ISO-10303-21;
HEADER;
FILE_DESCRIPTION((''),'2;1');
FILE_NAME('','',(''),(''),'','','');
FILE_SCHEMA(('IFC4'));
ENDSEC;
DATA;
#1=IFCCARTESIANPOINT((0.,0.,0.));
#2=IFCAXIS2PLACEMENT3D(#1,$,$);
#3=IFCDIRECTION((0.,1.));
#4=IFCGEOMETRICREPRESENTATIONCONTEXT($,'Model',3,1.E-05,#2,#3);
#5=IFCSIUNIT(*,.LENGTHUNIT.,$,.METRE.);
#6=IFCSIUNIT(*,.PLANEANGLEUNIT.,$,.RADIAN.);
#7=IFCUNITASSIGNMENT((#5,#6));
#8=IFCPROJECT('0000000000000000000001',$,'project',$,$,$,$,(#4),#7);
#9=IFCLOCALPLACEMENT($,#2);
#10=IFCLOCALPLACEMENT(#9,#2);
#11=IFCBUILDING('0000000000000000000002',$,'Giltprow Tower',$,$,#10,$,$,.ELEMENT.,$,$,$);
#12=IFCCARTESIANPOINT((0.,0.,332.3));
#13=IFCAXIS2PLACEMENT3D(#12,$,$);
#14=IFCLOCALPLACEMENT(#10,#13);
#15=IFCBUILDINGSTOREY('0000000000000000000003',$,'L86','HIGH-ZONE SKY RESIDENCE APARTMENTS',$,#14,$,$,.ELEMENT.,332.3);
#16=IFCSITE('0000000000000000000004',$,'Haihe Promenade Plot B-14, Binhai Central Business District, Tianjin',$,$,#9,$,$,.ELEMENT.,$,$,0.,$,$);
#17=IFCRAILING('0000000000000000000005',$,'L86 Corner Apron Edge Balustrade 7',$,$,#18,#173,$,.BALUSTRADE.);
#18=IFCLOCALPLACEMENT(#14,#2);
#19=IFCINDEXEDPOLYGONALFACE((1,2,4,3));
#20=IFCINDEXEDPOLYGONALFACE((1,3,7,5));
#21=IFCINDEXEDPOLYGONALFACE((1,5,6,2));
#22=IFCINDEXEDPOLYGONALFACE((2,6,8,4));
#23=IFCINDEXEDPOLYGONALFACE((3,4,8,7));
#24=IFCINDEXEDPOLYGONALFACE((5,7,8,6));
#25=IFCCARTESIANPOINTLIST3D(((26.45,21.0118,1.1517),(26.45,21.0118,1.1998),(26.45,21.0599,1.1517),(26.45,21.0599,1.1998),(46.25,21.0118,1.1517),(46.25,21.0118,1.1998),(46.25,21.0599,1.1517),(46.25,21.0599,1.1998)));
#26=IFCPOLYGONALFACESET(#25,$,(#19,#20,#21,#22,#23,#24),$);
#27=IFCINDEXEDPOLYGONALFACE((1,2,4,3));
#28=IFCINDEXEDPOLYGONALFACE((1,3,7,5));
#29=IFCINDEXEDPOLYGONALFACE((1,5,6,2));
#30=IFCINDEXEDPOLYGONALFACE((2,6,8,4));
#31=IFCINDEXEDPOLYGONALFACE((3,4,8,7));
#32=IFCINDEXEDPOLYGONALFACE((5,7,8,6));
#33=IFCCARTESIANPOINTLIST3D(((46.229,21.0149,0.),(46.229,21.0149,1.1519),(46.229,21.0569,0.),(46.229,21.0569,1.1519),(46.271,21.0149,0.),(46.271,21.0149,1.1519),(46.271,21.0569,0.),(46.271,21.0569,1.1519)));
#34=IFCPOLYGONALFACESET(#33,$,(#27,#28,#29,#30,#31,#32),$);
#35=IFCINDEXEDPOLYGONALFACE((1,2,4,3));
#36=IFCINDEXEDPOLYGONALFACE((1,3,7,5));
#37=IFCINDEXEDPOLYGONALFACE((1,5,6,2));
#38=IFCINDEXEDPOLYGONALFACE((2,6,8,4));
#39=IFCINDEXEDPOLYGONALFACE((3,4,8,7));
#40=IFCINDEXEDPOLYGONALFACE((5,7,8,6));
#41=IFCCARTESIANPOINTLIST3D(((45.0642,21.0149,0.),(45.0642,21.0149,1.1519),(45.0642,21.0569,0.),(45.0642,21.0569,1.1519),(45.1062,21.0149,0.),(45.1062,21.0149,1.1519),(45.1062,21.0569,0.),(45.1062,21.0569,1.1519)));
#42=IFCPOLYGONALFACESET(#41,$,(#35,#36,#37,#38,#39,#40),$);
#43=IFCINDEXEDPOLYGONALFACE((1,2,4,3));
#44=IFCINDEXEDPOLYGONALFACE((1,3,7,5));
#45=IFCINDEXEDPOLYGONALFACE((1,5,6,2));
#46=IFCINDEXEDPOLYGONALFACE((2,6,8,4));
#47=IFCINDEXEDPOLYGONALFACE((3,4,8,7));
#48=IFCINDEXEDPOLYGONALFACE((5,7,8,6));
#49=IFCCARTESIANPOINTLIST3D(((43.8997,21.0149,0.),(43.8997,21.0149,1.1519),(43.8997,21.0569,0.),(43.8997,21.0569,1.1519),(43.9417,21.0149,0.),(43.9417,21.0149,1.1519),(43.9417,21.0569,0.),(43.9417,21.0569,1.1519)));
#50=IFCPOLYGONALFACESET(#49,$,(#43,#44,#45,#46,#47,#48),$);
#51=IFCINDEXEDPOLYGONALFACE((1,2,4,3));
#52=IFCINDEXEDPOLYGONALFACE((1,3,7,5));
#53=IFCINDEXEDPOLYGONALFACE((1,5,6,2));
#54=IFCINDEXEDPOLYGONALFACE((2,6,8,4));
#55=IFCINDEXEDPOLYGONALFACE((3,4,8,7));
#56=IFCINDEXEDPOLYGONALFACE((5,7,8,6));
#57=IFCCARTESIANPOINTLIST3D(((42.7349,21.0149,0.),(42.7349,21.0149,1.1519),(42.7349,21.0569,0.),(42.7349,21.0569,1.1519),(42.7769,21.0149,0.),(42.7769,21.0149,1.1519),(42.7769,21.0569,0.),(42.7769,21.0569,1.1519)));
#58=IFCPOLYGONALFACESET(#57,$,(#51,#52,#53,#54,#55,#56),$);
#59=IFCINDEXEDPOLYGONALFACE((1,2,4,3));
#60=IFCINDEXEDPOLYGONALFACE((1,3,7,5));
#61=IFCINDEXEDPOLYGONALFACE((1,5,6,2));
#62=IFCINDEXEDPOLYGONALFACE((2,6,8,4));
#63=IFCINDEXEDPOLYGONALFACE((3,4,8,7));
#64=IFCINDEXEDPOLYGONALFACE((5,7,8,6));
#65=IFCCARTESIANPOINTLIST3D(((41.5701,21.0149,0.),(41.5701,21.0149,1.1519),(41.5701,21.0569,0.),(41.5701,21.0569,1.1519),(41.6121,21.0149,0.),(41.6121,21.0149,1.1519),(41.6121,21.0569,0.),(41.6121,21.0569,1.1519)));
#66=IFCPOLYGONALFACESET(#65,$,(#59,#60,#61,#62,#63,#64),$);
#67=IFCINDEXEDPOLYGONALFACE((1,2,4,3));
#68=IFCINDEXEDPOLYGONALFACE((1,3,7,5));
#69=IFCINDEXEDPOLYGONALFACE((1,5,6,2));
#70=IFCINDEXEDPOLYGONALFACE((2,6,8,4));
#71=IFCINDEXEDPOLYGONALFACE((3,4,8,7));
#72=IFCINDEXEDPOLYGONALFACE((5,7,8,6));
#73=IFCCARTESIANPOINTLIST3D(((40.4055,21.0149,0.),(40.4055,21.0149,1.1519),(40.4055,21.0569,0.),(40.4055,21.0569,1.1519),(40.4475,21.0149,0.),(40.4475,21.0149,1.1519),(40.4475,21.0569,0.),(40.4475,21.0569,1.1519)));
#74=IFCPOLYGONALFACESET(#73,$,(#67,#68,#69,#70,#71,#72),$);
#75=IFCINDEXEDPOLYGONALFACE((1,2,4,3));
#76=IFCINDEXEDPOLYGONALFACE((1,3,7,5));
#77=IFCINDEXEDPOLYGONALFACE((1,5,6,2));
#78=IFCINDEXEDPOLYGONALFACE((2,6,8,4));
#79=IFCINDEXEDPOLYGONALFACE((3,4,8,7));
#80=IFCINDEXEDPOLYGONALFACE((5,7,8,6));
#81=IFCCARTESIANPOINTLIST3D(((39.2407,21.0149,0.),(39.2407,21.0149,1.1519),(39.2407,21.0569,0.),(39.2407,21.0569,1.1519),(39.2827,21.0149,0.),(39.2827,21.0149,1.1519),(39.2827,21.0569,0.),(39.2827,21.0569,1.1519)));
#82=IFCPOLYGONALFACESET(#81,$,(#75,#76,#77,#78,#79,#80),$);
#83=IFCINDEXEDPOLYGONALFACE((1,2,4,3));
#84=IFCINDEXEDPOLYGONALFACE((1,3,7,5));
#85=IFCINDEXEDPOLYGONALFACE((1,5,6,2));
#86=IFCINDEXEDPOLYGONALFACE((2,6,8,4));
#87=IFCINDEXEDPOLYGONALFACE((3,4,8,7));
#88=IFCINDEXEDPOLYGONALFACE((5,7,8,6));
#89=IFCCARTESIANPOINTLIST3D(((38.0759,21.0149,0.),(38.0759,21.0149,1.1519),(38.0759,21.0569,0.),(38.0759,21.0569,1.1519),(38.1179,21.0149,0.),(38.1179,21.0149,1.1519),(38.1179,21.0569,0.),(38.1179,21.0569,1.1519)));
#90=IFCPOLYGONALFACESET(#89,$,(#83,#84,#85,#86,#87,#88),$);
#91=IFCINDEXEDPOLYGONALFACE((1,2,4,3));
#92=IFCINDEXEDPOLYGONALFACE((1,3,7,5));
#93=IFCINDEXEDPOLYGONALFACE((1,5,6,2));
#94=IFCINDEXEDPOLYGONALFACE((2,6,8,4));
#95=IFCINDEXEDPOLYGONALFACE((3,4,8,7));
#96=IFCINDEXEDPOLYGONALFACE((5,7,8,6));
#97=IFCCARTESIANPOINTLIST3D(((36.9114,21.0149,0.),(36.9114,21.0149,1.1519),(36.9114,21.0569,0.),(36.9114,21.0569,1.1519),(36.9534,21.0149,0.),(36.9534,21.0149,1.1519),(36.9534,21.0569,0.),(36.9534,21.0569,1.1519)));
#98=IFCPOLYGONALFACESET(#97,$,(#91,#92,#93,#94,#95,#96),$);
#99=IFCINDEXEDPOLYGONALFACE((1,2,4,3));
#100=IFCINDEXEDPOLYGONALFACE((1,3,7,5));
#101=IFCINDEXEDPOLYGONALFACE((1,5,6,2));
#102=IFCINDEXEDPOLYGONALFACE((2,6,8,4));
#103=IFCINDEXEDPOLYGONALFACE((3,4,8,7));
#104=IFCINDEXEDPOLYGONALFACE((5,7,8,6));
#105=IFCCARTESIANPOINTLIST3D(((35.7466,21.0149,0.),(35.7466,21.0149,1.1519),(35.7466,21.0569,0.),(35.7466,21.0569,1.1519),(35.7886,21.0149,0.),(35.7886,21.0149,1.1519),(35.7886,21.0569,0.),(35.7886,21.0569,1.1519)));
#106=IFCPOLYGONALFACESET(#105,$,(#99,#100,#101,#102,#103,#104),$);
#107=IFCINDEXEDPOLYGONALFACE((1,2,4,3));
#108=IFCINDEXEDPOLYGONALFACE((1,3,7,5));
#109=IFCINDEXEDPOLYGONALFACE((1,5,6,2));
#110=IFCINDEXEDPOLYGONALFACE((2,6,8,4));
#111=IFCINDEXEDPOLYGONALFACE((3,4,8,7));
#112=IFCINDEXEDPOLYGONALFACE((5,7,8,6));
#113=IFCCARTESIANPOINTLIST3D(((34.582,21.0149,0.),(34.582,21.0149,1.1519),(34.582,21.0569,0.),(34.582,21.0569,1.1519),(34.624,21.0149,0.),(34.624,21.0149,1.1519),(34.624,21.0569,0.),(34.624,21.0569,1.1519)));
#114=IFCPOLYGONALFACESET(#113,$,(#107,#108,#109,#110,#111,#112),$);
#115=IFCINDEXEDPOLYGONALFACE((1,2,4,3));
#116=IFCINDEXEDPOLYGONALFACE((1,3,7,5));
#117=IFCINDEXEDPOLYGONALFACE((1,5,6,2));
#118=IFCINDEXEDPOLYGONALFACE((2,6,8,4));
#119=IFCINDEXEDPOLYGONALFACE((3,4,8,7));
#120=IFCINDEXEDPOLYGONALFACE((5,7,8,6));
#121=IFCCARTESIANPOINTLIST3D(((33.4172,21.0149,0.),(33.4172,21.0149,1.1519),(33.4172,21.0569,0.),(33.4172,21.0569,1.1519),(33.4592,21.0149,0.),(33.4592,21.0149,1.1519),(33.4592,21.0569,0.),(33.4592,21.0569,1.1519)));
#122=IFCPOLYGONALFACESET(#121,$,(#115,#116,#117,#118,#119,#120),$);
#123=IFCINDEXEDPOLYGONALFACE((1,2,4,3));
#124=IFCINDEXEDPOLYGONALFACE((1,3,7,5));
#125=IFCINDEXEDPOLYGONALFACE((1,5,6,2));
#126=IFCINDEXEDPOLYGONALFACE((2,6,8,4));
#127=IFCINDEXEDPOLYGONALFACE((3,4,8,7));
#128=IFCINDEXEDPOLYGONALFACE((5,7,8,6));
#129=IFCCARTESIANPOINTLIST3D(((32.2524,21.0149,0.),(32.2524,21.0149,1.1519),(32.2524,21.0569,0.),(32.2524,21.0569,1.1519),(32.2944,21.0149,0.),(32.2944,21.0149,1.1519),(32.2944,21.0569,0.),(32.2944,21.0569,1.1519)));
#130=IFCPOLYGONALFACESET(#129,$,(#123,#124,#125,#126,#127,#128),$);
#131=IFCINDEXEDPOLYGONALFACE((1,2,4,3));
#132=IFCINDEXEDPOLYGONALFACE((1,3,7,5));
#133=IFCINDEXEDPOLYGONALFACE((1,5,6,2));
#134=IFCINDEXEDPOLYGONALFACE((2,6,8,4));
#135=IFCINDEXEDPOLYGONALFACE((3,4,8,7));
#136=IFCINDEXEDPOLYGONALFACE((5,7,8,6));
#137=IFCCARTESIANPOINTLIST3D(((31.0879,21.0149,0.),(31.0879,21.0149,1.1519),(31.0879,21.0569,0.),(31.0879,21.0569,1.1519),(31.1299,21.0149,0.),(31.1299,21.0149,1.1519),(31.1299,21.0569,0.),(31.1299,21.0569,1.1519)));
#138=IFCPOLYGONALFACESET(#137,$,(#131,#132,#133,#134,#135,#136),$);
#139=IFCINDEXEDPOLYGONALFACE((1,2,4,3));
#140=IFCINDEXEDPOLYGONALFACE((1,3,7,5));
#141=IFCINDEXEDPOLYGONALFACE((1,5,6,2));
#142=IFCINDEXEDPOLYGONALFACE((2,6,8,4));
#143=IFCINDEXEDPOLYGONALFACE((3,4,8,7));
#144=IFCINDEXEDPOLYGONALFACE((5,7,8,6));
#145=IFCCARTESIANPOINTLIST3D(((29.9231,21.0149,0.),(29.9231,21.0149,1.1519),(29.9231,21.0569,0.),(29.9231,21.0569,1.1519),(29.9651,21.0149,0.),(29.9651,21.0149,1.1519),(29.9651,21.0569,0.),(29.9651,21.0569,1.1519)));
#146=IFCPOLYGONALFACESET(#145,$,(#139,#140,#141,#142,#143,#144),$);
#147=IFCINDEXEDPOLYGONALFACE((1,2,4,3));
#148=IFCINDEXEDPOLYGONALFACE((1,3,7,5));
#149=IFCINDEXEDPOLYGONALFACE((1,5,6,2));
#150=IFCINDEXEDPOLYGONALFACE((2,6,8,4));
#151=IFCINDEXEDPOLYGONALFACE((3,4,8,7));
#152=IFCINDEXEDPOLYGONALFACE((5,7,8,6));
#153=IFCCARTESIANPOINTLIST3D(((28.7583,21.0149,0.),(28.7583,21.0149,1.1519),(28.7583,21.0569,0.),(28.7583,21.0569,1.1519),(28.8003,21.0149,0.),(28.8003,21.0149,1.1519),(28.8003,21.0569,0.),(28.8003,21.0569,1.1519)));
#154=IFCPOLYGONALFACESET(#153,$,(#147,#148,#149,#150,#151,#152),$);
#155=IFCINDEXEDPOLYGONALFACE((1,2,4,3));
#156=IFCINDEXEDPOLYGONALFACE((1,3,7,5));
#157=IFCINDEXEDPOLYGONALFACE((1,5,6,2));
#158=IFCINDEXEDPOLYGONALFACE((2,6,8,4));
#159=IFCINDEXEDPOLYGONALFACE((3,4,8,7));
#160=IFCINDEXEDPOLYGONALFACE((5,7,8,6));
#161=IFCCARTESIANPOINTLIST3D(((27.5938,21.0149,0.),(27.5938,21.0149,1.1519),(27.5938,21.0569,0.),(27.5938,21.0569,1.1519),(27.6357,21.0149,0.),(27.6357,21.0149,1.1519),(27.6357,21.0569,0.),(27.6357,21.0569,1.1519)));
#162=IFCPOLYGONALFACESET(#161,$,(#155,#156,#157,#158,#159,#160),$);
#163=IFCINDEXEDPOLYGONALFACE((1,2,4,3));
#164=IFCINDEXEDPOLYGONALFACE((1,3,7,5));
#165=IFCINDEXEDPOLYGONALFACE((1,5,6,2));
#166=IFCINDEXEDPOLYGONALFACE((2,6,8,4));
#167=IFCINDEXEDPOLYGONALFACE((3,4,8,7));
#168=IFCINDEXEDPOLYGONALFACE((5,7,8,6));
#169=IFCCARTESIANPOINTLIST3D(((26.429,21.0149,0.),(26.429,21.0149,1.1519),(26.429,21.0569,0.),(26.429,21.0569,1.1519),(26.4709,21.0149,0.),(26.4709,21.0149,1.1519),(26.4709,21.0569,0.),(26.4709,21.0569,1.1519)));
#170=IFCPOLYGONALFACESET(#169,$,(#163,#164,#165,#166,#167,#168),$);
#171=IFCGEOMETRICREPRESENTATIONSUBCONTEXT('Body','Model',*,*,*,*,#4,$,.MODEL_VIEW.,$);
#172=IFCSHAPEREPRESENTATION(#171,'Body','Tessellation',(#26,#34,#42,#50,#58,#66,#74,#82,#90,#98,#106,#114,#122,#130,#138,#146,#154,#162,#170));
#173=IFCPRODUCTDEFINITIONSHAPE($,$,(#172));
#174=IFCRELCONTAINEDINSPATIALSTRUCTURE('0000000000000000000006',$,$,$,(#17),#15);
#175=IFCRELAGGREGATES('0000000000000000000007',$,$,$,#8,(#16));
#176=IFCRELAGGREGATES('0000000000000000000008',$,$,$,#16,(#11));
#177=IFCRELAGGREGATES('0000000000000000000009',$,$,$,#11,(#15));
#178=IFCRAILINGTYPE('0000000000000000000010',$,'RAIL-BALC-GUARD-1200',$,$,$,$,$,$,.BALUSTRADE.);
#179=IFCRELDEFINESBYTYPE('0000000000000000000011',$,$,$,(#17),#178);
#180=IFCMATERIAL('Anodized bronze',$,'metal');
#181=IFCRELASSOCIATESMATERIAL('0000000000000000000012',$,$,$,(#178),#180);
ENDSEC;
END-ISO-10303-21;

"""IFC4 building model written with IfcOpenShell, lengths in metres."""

from ifc_helpers import new_model, si_unit, direction, frame, origin, origin_2d, place, context, subcontext, project, spatial, rectangle, extrude, material, type_object, element, save


model = new_model("IFC4")

# Units and contexts
model_context = context("Model", 3, precision=1e-05, world=origin(), true_north=direction((0.0, 1.0)))
body_context = subcontext(model_context, "Body", "Model", "MODEL_VIEW")
ifc_project = project(units=[si_unit("LENGTHUNIT", "METRE"), si_unit("PLANEANGLEUNIT", "RADIAN")], contexts=[model_context])

# Site, building, storey
site_placement = place(None, origin())
site = spatial("IfcSite", under=ifc_project, at=site_placement, Name="Haihe Promenade Plot B-14, Binhai Central Business District, Tianjin", CompositionType="ELEMENT", RefElevation=0.0)
building_placement = place(site_placement, origin())
building = spatial("IfcBuilding", under=site, at=building_placement, Name="Giltprow Tower", CompositionType="ELEMENT")
storey_placement = place(building_placement, frame((0.0, 0.0, 332.3)))
storey = spatial("IfcBuildingStorey", under=building, at=storey_placement, Name="L86", Description="HIGH-ZONE SKY RESIDENCE APARTMENTS", CompositionType="ELEMENT", Elevation=332.3)

# Railing
ifc_material_1 = material(Name="Anodized bronze", Category="metal")
railing_type = type_object("IfcRailingType", Name="RAIL-BALC-GUARD-1200", PredefinedType="BALUSTRADE", material=ifc_material_1)
railing_1_placement = place(storey_placement, frame((46.25, 21.0359, 0.0)))
element("IfcRailing", 1, at=railing_1_placement, inside=storey, type_object=railing_type, Name="L86 Corner Apron Edge Balustrade 7", PredefinedType="BALUSTRADE", context=body_context, shape_type="SweptSolid", body=[
    extrude(rectangle(XDim=0.0481, YDim=0.0481, at=origin_2d()), frame((0.0, 0.0, 1.1758), z_axis=(-1.0, 0.0, 0.0), x_axis=(0.0, -1.0, 0.0)), (0.0, 0.0, 1.0), 19.8),
    extrude(rectangle(XDim=0.042, YDim=0.042, at=origin_2d()), origin(), (0.0, 0.0, 1.0), 1.1519),
    extrude(rectangle(XDim=0.042, YDim=0.042, at=origin_2d()), frame((-1.1648, 0.0, 0.0)), (0.0, 0.0, 1.0), 1.1519),
    extrude(rectangle(XDim=0.042, YDim=0.042, at=origin_2d()), frame((-2.3293, 0.0, 0.0)), (0.0, 0.0, 1.0), 1.1519),
    extrude(rectangle(XDim=0.042, YDim=0.042, at=origin_2d()), frame((-3.4941, 0.0, 0.0)), (0.0, 0.0, 1.0), 1.1519),
    extrude(rectangle(XDim=0.042, YDim=0.042, at=origin_2d()), frame((-4.6589, 0.0, 0.0)), (0.0, 0.0, 1.0), 1.1519),
    extrude(rectangle(XDim=0.042, YDim=0.042, at=origin_2d()), frame((-5.8235, 0.0, 0.0)), (0.0, 0.0, 1.0), 1.1519),
    extrude(rectangle(XDim=0.042, YDim=0.042, at=origin_2d()), frame((-6.9883, 0.0, 0.0)), (0.0, 0.0, 1.0), 1.1519),
    extrude(rectangle(XDim=0.042, YDim=0.042, at=origin_2d()), frame((-8.1531, 0.0, 0.0)), (0.0, 0.0, 1.0), 1.1519),
    extrude(rectangle(XDim=0.042, YDim=0.042, at=origin_2d()), frame((-9.3176, 0.0, 0.0)), (0.0, 0.0, 1.0), 1.1519),
    extrude(rectangle(XDim=0.042, YDim=0.042, at=origin_2d()), frame((-10.4824, 0.0, 0.0)), (0.0, 0.0, 1.0), 1.1519),
    extrude(rectangle(XDim=0.042, YDim=0.042, at=origin_2d()), frame((-11.647, 0.0, 0.0)), (0.0, 0.0, 1.0), 1.1519),
    extrude(rectangle(XDim=0.042, YDim=0.042, at=origin_2d()), frame((-12.8118, 0.0, 0.0)), (0.0, 0.0, 1.0), 1.1519),
    extrude(rectangle(XDim=0.042, YDim=0.042, at=origin_2d()), frame((-13.9766, 0.0, 0.0)), (0.0, 0.0, 1.0), 1.1519),
    extrude(rectangle(XDim=0.042, YDim=0.042, at=origin_2d()), frame((-15.1411, 0.0, 0.0)), (0.0, 0.0, 1.0), 1.1519),
    extrude(rectangle(XDim=0.042, YDim=0.042, at=origin_2d()), frame((-16.3059, 0.0, 0.0)), (0.0, 0.0, 1.0), 1.1519),
    extrude(rectangle(XDim=0.042, YDim=0.042, at=origin_2d()), frame((-17.4707, 0.0, 0.0)), (0.0, 0.0, 1.0), 1.1519),
    extrude(rectangle(XDim=0.042, YDim=0.042, at=origin_2d()), frame((-18.6353, 0.0, 0.0)), (0.0, 0.0, 1.0), 1.1519),
    extrude(rectangle(XDim=0.042, YDim=0.042, at=origin_2d()), frame((-19.8, 0.0, 0.0)), (0.0, 0.0, 1.0), 1.1519),
])

save(model, "model.ifc")
